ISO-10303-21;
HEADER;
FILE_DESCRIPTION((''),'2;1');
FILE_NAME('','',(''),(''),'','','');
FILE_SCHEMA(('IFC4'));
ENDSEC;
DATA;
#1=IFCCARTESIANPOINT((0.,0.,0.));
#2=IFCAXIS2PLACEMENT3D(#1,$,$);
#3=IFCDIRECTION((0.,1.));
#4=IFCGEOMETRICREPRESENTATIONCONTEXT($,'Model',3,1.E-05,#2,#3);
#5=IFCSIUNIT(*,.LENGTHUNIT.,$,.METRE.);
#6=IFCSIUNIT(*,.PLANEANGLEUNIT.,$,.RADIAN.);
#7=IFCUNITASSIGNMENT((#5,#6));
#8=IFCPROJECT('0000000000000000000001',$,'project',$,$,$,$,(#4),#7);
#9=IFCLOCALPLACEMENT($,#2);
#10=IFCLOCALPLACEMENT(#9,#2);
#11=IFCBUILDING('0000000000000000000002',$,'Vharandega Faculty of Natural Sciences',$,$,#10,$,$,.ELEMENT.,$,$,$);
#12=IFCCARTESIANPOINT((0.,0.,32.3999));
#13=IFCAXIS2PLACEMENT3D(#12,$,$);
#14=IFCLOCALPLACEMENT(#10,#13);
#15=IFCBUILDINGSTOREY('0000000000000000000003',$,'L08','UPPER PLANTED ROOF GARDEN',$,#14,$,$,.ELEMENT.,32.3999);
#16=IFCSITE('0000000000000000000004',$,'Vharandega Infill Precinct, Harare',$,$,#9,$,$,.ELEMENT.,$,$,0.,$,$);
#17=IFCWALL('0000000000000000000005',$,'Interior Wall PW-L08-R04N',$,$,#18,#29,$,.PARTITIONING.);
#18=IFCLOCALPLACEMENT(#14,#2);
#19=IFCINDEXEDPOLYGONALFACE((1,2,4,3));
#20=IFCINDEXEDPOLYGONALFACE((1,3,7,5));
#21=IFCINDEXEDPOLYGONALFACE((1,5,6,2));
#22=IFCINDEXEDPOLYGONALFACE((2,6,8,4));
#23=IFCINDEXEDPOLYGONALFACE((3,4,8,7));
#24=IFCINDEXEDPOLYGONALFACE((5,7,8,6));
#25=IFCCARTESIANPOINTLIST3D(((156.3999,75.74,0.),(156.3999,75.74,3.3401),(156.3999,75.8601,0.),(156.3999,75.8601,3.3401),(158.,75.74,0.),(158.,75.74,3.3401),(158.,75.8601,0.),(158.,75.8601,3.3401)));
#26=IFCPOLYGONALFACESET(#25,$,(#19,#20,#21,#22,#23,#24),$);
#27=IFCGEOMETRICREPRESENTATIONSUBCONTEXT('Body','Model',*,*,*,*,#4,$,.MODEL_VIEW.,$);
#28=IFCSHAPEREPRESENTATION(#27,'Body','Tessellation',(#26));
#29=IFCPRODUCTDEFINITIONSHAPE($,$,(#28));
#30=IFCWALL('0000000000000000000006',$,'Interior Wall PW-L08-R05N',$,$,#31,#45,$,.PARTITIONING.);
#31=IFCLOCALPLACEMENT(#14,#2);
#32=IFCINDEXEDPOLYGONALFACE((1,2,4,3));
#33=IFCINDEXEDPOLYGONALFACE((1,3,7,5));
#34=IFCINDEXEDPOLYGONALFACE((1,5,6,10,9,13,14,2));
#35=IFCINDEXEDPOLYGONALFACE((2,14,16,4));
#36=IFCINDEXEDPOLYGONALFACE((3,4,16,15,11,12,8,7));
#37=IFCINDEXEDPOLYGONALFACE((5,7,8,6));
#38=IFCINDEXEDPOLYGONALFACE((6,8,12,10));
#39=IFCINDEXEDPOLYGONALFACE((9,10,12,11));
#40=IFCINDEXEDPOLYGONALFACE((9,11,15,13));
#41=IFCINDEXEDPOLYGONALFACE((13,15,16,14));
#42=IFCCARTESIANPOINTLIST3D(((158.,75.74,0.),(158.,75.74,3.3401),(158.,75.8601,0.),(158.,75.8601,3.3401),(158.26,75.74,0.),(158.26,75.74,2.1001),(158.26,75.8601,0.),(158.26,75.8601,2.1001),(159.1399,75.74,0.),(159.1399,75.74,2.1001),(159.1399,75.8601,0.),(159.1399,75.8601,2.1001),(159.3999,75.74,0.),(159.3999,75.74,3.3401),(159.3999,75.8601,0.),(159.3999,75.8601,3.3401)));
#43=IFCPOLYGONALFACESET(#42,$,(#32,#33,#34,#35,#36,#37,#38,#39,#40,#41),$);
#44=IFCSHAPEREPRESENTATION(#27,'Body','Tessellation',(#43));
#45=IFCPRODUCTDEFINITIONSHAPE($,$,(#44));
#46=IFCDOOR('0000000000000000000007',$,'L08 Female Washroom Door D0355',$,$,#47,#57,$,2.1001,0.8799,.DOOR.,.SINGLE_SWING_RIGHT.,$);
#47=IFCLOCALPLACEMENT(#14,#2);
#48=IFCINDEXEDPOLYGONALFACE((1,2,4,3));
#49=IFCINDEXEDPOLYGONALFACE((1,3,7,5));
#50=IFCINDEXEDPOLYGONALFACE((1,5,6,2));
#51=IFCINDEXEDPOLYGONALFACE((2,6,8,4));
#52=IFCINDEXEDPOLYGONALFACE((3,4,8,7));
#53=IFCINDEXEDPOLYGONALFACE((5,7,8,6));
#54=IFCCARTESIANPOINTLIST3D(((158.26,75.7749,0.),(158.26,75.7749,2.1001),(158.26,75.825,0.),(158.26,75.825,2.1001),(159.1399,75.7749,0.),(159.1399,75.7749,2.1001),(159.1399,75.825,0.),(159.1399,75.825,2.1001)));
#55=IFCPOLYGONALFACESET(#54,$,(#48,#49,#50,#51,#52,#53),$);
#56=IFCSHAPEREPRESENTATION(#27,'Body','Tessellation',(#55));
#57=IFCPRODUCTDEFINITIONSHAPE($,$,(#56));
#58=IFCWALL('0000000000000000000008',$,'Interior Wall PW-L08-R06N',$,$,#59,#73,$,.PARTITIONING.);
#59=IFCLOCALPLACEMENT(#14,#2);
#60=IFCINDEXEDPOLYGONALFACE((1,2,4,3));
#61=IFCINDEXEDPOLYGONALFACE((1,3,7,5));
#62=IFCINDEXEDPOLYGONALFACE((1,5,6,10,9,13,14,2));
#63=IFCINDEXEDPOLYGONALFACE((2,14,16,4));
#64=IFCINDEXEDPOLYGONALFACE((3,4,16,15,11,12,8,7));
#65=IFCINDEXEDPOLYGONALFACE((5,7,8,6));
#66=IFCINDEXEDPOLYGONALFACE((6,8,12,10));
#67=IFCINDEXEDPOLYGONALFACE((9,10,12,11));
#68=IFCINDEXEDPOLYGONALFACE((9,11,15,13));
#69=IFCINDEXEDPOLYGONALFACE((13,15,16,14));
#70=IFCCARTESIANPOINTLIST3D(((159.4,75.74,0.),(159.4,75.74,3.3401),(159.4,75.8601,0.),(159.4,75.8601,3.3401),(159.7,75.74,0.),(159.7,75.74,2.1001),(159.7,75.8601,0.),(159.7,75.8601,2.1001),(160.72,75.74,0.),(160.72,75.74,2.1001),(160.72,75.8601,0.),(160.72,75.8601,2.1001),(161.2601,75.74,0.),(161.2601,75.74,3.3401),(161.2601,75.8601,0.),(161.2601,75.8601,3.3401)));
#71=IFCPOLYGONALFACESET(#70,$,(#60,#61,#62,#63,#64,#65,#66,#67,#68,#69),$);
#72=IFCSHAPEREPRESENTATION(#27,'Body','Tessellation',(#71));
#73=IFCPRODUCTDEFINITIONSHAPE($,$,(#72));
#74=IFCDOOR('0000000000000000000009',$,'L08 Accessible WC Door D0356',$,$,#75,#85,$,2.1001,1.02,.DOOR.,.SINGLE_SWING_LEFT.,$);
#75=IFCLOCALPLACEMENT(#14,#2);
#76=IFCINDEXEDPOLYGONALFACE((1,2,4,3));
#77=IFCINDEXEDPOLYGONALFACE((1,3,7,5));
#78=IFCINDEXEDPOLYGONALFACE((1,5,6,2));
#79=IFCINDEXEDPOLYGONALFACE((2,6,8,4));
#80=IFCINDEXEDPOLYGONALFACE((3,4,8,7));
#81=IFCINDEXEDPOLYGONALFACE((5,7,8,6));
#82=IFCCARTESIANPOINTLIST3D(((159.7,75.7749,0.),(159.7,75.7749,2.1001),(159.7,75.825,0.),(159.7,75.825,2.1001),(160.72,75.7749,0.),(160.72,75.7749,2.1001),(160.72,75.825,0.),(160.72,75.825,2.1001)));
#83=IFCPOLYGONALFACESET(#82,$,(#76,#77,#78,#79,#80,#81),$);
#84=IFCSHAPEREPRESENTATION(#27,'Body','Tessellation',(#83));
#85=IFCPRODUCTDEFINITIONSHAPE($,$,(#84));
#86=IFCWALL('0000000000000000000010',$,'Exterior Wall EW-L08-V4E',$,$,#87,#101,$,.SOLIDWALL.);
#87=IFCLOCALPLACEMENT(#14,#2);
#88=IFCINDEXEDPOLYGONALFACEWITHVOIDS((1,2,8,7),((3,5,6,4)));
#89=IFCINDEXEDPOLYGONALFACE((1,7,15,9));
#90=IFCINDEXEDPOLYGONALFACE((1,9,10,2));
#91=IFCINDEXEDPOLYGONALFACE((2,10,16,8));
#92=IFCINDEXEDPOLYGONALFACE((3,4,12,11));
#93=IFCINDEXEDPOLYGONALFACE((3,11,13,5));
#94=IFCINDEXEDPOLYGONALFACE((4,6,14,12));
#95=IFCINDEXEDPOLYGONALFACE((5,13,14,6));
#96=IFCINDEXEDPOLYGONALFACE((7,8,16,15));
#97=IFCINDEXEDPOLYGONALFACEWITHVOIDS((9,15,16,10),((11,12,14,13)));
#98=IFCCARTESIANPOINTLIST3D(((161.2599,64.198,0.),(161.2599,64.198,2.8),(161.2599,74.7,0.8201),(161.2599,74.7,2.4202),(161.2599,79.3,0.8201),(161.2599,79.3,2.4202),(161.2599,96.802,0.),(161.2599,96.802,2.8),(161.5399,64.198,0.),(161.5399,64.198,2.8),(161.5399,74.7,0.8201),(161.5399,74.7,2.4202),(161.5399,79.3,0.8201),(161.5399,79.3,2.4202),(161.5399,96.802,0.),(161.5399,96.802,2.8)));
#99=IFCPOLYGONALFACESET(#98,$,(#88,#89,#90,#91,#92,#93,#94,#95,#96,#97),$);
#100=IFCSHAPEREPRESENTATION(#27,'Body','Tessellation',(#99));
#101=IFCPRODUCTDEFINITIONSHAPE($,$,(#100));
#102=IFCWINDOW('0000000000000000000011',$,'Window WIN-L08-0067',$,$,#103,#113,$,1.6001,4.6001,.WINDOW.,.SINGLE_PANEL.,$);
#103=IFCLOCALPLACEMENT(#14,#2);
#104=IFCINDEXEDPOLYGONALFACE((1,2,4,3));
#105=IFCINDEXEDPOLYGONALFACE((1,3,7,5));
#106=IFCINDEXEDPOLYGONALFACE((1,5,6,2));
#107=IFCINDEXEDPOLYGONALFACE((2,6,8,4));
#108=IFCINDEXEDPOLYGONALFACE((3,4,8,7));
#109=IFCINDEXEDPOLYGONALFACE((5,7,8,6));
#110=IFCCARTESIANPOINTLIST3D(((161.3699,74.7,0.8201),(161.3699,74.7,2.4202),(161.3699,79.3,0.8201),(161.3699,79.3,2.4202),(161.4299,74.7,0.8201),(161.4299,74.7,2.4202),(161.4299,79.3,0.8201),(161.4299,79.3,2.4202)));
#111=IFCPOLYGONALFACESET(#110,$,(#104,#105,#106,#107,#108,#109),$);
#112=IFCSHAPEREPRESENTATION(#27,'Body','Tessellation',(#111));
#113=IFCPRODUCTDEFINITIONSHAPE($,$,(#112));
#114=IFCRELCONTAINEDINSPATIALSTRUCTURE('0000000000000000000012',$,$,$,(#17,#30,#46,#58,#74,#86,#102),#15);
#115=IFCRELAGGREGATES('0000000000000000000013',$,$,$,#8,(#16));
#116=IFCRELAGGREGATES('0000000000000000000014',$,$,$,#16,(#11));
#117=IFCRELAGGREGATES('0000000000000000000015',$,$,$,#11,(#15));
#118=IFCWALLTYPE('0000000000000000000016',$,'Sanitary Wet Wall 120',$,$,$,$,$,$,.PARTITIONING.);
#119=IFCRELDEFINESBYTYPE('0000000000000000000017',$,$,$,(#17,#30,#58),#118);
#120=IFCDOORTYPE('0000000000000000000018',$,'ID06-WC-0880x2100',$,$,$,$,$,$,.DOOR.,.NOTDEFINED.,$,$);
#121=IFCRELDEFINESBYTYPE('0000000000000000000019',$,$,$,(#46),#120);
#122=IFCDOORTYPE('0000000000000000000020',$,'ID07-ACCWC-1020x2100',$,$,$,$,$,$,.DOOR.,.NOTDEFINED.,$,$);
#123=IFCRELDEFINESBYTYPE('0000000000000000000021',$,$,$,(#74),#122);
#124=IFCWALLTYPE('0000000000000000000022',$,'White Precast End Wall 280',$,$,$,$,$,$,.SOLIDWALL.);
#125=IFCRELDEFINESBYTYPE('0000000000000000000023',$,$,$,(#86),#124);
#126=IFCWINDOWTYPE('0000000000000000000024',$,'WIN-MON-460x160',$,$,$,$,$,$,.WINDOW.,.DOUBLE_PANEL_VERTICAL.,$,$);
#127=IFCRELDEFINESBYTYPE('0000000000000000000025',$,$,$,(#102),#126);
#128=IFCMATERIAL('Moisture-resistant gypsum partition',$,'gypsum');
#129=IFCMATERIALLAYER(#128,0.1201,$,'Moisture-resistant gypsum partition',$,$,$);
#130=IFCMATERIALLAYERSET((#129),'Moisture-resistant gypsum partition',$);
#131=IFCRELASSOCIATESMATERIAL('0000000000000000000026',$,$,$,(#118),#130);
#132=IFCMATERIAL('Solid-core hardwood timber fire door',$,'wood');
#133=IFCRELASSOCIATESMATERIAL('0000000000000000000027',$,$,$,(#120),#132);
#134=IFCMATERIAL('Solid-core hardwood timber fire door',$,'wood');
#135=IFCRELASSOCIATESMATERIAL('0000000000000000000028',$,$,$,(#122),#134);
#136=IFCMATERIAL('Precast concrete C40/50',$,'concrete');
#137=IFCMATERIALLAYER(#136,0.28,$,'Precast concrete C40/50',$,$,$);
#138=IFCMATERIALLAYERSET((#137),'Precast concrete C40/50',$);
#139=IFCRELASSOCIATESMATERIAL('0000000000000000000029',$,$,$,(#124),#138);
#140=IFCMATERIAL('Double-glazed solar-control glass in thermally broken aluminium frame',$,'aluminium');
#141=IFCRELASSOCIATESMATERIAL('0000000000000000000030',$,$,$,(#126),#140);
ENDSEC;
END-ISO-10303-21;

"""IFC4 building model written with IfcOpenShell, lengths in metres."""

from ifc_helpers import new_model, si_unit, direction, frame, frame_2d, origin, place, context, subcontext, project, spatial, rectangle, extrude, material, layer, layer_set, type_object, element, fill, save


model = new_model("IFC4")

# Units and contexts
model_context = context("Model", 3, precision=1e-05, world=origin(), true_north=direction((0.0, 1.0)))
body_context = subcontext(model_context, "Body", "Model", "MODEL_VIEW")
ifc_project = project(units=[si_unit("LENGTHUNIT", "METRE"), si_unit("PLANEANGLEUNIT", "RADIAN")], contexts=[model_context])

# Site, building, storey
site_placement = place(None, origin())
site = spatial("IfcSite", under=ifc_project, at=site_placement, Name="Vharandega Infill Precinct, Harare", CompositionType="ELEMENT", RefElevation=0.0)
building_placement = place(site_placement, origin())
building = spatial("IfcBuilding", under=site, at=building_placement, Name="Vharandega Faculty of Natural Sciences", CompositionType="ELEMENT")
storey_placement = place(building_placement, frame((0.0, 0.0, 32.3999)))
storey = spatial("IfcBuildingStorey", under=building, at=storey_placement, Name="L08", Description="UPPER PLANTED ROOF GARDEN", CompositionType="ELEMENT", Elevation=32.3999)

# Wall
ifc_material_1 = material(Name="Moisture-resistant gypsum partition", Category="gypsum")
ifc_layer_1 = layer(ifc_material_1, 0.1201, Name="Moisture-resistant gypsum partition")
ifc_layer_set_1 = layer_set([ifc_layer_1], Name="Moisture-resistant gypsum partition")
wall_type_1 = type_object("IfcWallType", Name="Sanitary Wet Wall 120", PredefinedType="PARTITIONING", material=ifc_layer_set_1)
wall_1_placement = place(storey_placement, frame((156.3999, 75.8, 0.0), z_axis=(0.0, 0.0, 1.0), x_axis=(1.0, 0.0, 0.0)))
element("IfcWall", 1, at=wall_1_placement, inside=storey, type_object=wall_type_1, Name="Interior Wall PW-L08-R04N", PredefinedType="PARTITIONING", context=body_context, shape_type="SweptSolid", body=[
    extrude(rectangle(XDim=1.6001, YDim=0.1201, at=frame_2d((0.8, 0.0))), origin(), (0.0, 0.0, 1.0), 3.3401),
])

# Walls, openings, doors
wall_2_placement = place(storey_placement, frame((158.0, 75.8, 0.0), z_axis=(0.0, 0.0, 1.0), x_axis=(1.0, 0.0, 0.0)))
wall_2 = element("IfcWall", 2, at=wall_2_placement, inside=storey, type_object=wall_type_1, Name="Interior Wall PW-L08-R05N", PredefinedType="PARTITIONING", context=body_context, shape_type="SweptSolid", body=[
    extrude(rectangle(XDim=1.3999, YDim=0.1201, at=frame_2d((0.7, 0.0))), origin(), (0.0, 0.0, 1.0), 3.3401),
])
opening_1_placement = place(wall_2_placement, frame((0.26, 0.0, 0.0)))
opening_1 = element("IfcOpeningElement", 3, at=opening_1_placement, cuts=wall_2, PredefinedType="OPENING", context=body_context, shape_type="SweptSolid", body=[
    extrude(rectangle(XDim=0.8799, YDim=2.1001, at=frame_2d((0.4399, 1.05))), frame((0.0, 0.0701, 0.0), z_axis=(0.0, -1.0, 0.0), x_axis=(1.0, 0.0, 0.0)), (0.0, 0.0, 1.0), 0.1401),
])
ifc_material_2 = material(Name="Solid-core hardwood timber fire door", Category="wood")
door_type_1 = type_object("IfcDoorType", Name="ID06-WC-0880x2100", OperationType="NOTDEFINED", PredefinedType="DOOR", material=ifc_material_2)
door_1_placement = place(opening_1_placement, origin())
door_1 = element("IfcDoor", 4, at=door_1_placement, inside=storey, type_object=door_type_1, Name="L08 Female Washroom Door D0355", OperationType="SINGLE_SWING_RIGHT", OverallHeight=2.1001, OverallWidth=0.8799, PredefinedType="DOOR", context=body_context, shape_type="SweptSolid", body=[
    extrude(rectangle(XDim=0.8799, YDim=2.1001, at=frame_2d((0.4399, 1.05))), frame((0.0, 0.0249, 0.0), z_axis=(0.0, -1.0, 0.0), x_axis=(1.0, 0.0, 0.0)), (0.0, 0.0, 1.0), 0.05),
])
fill(opening_1, door_1)
wall_3_placement = place(storey_placement, frame((159.3999, 75.8, 0.0), z_axis=(0.0, 0.0, 1.0), x_axis=(1.0, 0.0, 0.0)))
wall_3 = element("IfcWall", 5, at=wall_3_placement, inside=storey, type_object=wall_type_1, Name="Interior Wall PW-L08-R06N", PredefinedType="PARTITIONING", context=body_context, shape_type="SweptSolid", body=[
    extrude(rectangle(XDim=1.8601, YDim=0.1201, at=frame_2d((0.9302, 0.0))), origin(), (0.0, 0.0, 1.0), 3.3401),
])
opening_2_placement = place(wall_3_placement, frame((0.3, 0.0, 0.0)))
opening_2 = element("IfcOpeningElement", 6, at=opening_2_placement, cuts=wall_3, PredefinedType="OPENING", context=body_context, shape_type="SweptSolid", body=[
    extrude(rectangle(XDim=1.02, YDim=2.1001, at=frame_2d((0.51, 1.05))), frame((0.0, 0.0701, 0.0), z_axis=(0.0, -1.0, 0.0), x_axis=(1.0, 0.0, 0.0)), (0.0, 0.0, 1.0), 0.1401),
])
ifc_material_3 = material(Name="Solid-core hardwood timber fire door", Category="wood")
door_type_2 = type_object("IfcDoorType", Name="ID07-ACCWC-1020x2100", OperationType="NOTDEFINED", PredefinedType="DOOR", material=ifc_material_3)
door_2_placement = place(opening_2_placement, origin())
door_2 = element("IfcDoor", 7, at=door_2_placement, inside=storey, type_object=door_type_2, Name="L08 Accessible WC Door D0356", OperationType="SINGLE_SWING_LEFT", OverallHeight=2.1001, OverallWidth=1.02, PredefinedType="DOOR", context=body_context, shape_type="SweptSolid", body=[
    extrude(rectangle(XDim=1.02, YDim=2.1001, at=frame_2d((0.51, 1.05))), frame((0.0, 0.0249, 0.0), z_axis=(0.0, -1.0, 0.0), x_axis=(1.0, 0.0, 0.0)), (0.0, 0.0, 1.0), 0.05),
])
fill(opening_2, door_2)

# Wall, opening, window
ifc_material_4 = material(Name="Precast concrete C40/50", Category="concrete")
ifc_layer_2 = layer(ifc_material_4, 0.28, Name="Precast concrete C40/50")
ifc_layer_set_2 = layer_set([ifc_layer_2], Name="Precast concrete C40/50")
wall_type_2 = type_object("IfcWallType", Name="White Precast End Wall 280", PredefinedType="SOLIDWALL", material=ifc_layer_set_2)
wall_4_placement = place(storey_placement, frame((161.3999, 96.802, 0.0), z_axis=(0.0, 0.0, 1.0), x_axis=(0.0, -1.0, 0.0)))
wall_4 = element("IfcWall", 8, at=wall_4_placement, inside=storey, type_object=wall_type_2, Name="Exterior Wall EW-L08-V4E", PredefinedType="SOLIDWALL", context=body_context, shape_type="SweptSolid", body=[
    extrude(rectangle(XDim=32.604, YDim=0.28, at=frame_2d((16.302, 0.0))), origin(), (0.0, 0.0, 1.0), 2.8),
])
opening_3_placement = place(wall_4_placement, frame((17.502, 0.0, 0.8201)))
opening_3 = element("IfcOpeningElement", 9, at=opening_3_placement, cuts=wall_4, PredefinedType="OPENING", context=body_context, shape_type="SweptSolid", body=[
    extrude(rectangle(XDim=4.6001, YDim=1.6001, at=frame_2d((2.3, 0.8))), frame((0.0, 0.1499, 0.0), z_axis=(0.0, -1.0, 0.0), x_axis=(1.0, 0.0, 0.0)), (0.0, 0.0, 1.0), 0.3),
])
ifc_material_5 = material(Name="Double-glazed solar-control glass in thermally broken aluminium frame", Category="aluminium")
window_type = type_object("IfcWindowType", Name="WIN-MON-460x160", PartitioningType="DOUBLE_PANEL_VERTICAL", PredefinedType="WINDOW", material=ifc_material_5)
window_placement = place(opening_3_placement, origin())
window = element("IfcWindow", 10, at=window_placement, inside=storey, type_object=window_type, Name="Window WIN-L08-0067", OverallHeight=1.6001, OverallWidth=4.6001, PartitioningType="SINGLE_PANEL", PredefinedType="WINDOW", context=body_context, shape_type="SweptSolid", body=[
    extrude(rectangle(XDim=4.6001, YDim=1.6001, at=frame_2d((2.3, 0.8))), frame((0.0, 0.03, 0.0), z_axis=(0.0, -1.0, 0.0), x_axis=(1.0, 0.0, 0.0)), (0.0, 0.0, 1.0), 0.0601),
])
fill(opening_3, window)

save(model, "model.ifc")
